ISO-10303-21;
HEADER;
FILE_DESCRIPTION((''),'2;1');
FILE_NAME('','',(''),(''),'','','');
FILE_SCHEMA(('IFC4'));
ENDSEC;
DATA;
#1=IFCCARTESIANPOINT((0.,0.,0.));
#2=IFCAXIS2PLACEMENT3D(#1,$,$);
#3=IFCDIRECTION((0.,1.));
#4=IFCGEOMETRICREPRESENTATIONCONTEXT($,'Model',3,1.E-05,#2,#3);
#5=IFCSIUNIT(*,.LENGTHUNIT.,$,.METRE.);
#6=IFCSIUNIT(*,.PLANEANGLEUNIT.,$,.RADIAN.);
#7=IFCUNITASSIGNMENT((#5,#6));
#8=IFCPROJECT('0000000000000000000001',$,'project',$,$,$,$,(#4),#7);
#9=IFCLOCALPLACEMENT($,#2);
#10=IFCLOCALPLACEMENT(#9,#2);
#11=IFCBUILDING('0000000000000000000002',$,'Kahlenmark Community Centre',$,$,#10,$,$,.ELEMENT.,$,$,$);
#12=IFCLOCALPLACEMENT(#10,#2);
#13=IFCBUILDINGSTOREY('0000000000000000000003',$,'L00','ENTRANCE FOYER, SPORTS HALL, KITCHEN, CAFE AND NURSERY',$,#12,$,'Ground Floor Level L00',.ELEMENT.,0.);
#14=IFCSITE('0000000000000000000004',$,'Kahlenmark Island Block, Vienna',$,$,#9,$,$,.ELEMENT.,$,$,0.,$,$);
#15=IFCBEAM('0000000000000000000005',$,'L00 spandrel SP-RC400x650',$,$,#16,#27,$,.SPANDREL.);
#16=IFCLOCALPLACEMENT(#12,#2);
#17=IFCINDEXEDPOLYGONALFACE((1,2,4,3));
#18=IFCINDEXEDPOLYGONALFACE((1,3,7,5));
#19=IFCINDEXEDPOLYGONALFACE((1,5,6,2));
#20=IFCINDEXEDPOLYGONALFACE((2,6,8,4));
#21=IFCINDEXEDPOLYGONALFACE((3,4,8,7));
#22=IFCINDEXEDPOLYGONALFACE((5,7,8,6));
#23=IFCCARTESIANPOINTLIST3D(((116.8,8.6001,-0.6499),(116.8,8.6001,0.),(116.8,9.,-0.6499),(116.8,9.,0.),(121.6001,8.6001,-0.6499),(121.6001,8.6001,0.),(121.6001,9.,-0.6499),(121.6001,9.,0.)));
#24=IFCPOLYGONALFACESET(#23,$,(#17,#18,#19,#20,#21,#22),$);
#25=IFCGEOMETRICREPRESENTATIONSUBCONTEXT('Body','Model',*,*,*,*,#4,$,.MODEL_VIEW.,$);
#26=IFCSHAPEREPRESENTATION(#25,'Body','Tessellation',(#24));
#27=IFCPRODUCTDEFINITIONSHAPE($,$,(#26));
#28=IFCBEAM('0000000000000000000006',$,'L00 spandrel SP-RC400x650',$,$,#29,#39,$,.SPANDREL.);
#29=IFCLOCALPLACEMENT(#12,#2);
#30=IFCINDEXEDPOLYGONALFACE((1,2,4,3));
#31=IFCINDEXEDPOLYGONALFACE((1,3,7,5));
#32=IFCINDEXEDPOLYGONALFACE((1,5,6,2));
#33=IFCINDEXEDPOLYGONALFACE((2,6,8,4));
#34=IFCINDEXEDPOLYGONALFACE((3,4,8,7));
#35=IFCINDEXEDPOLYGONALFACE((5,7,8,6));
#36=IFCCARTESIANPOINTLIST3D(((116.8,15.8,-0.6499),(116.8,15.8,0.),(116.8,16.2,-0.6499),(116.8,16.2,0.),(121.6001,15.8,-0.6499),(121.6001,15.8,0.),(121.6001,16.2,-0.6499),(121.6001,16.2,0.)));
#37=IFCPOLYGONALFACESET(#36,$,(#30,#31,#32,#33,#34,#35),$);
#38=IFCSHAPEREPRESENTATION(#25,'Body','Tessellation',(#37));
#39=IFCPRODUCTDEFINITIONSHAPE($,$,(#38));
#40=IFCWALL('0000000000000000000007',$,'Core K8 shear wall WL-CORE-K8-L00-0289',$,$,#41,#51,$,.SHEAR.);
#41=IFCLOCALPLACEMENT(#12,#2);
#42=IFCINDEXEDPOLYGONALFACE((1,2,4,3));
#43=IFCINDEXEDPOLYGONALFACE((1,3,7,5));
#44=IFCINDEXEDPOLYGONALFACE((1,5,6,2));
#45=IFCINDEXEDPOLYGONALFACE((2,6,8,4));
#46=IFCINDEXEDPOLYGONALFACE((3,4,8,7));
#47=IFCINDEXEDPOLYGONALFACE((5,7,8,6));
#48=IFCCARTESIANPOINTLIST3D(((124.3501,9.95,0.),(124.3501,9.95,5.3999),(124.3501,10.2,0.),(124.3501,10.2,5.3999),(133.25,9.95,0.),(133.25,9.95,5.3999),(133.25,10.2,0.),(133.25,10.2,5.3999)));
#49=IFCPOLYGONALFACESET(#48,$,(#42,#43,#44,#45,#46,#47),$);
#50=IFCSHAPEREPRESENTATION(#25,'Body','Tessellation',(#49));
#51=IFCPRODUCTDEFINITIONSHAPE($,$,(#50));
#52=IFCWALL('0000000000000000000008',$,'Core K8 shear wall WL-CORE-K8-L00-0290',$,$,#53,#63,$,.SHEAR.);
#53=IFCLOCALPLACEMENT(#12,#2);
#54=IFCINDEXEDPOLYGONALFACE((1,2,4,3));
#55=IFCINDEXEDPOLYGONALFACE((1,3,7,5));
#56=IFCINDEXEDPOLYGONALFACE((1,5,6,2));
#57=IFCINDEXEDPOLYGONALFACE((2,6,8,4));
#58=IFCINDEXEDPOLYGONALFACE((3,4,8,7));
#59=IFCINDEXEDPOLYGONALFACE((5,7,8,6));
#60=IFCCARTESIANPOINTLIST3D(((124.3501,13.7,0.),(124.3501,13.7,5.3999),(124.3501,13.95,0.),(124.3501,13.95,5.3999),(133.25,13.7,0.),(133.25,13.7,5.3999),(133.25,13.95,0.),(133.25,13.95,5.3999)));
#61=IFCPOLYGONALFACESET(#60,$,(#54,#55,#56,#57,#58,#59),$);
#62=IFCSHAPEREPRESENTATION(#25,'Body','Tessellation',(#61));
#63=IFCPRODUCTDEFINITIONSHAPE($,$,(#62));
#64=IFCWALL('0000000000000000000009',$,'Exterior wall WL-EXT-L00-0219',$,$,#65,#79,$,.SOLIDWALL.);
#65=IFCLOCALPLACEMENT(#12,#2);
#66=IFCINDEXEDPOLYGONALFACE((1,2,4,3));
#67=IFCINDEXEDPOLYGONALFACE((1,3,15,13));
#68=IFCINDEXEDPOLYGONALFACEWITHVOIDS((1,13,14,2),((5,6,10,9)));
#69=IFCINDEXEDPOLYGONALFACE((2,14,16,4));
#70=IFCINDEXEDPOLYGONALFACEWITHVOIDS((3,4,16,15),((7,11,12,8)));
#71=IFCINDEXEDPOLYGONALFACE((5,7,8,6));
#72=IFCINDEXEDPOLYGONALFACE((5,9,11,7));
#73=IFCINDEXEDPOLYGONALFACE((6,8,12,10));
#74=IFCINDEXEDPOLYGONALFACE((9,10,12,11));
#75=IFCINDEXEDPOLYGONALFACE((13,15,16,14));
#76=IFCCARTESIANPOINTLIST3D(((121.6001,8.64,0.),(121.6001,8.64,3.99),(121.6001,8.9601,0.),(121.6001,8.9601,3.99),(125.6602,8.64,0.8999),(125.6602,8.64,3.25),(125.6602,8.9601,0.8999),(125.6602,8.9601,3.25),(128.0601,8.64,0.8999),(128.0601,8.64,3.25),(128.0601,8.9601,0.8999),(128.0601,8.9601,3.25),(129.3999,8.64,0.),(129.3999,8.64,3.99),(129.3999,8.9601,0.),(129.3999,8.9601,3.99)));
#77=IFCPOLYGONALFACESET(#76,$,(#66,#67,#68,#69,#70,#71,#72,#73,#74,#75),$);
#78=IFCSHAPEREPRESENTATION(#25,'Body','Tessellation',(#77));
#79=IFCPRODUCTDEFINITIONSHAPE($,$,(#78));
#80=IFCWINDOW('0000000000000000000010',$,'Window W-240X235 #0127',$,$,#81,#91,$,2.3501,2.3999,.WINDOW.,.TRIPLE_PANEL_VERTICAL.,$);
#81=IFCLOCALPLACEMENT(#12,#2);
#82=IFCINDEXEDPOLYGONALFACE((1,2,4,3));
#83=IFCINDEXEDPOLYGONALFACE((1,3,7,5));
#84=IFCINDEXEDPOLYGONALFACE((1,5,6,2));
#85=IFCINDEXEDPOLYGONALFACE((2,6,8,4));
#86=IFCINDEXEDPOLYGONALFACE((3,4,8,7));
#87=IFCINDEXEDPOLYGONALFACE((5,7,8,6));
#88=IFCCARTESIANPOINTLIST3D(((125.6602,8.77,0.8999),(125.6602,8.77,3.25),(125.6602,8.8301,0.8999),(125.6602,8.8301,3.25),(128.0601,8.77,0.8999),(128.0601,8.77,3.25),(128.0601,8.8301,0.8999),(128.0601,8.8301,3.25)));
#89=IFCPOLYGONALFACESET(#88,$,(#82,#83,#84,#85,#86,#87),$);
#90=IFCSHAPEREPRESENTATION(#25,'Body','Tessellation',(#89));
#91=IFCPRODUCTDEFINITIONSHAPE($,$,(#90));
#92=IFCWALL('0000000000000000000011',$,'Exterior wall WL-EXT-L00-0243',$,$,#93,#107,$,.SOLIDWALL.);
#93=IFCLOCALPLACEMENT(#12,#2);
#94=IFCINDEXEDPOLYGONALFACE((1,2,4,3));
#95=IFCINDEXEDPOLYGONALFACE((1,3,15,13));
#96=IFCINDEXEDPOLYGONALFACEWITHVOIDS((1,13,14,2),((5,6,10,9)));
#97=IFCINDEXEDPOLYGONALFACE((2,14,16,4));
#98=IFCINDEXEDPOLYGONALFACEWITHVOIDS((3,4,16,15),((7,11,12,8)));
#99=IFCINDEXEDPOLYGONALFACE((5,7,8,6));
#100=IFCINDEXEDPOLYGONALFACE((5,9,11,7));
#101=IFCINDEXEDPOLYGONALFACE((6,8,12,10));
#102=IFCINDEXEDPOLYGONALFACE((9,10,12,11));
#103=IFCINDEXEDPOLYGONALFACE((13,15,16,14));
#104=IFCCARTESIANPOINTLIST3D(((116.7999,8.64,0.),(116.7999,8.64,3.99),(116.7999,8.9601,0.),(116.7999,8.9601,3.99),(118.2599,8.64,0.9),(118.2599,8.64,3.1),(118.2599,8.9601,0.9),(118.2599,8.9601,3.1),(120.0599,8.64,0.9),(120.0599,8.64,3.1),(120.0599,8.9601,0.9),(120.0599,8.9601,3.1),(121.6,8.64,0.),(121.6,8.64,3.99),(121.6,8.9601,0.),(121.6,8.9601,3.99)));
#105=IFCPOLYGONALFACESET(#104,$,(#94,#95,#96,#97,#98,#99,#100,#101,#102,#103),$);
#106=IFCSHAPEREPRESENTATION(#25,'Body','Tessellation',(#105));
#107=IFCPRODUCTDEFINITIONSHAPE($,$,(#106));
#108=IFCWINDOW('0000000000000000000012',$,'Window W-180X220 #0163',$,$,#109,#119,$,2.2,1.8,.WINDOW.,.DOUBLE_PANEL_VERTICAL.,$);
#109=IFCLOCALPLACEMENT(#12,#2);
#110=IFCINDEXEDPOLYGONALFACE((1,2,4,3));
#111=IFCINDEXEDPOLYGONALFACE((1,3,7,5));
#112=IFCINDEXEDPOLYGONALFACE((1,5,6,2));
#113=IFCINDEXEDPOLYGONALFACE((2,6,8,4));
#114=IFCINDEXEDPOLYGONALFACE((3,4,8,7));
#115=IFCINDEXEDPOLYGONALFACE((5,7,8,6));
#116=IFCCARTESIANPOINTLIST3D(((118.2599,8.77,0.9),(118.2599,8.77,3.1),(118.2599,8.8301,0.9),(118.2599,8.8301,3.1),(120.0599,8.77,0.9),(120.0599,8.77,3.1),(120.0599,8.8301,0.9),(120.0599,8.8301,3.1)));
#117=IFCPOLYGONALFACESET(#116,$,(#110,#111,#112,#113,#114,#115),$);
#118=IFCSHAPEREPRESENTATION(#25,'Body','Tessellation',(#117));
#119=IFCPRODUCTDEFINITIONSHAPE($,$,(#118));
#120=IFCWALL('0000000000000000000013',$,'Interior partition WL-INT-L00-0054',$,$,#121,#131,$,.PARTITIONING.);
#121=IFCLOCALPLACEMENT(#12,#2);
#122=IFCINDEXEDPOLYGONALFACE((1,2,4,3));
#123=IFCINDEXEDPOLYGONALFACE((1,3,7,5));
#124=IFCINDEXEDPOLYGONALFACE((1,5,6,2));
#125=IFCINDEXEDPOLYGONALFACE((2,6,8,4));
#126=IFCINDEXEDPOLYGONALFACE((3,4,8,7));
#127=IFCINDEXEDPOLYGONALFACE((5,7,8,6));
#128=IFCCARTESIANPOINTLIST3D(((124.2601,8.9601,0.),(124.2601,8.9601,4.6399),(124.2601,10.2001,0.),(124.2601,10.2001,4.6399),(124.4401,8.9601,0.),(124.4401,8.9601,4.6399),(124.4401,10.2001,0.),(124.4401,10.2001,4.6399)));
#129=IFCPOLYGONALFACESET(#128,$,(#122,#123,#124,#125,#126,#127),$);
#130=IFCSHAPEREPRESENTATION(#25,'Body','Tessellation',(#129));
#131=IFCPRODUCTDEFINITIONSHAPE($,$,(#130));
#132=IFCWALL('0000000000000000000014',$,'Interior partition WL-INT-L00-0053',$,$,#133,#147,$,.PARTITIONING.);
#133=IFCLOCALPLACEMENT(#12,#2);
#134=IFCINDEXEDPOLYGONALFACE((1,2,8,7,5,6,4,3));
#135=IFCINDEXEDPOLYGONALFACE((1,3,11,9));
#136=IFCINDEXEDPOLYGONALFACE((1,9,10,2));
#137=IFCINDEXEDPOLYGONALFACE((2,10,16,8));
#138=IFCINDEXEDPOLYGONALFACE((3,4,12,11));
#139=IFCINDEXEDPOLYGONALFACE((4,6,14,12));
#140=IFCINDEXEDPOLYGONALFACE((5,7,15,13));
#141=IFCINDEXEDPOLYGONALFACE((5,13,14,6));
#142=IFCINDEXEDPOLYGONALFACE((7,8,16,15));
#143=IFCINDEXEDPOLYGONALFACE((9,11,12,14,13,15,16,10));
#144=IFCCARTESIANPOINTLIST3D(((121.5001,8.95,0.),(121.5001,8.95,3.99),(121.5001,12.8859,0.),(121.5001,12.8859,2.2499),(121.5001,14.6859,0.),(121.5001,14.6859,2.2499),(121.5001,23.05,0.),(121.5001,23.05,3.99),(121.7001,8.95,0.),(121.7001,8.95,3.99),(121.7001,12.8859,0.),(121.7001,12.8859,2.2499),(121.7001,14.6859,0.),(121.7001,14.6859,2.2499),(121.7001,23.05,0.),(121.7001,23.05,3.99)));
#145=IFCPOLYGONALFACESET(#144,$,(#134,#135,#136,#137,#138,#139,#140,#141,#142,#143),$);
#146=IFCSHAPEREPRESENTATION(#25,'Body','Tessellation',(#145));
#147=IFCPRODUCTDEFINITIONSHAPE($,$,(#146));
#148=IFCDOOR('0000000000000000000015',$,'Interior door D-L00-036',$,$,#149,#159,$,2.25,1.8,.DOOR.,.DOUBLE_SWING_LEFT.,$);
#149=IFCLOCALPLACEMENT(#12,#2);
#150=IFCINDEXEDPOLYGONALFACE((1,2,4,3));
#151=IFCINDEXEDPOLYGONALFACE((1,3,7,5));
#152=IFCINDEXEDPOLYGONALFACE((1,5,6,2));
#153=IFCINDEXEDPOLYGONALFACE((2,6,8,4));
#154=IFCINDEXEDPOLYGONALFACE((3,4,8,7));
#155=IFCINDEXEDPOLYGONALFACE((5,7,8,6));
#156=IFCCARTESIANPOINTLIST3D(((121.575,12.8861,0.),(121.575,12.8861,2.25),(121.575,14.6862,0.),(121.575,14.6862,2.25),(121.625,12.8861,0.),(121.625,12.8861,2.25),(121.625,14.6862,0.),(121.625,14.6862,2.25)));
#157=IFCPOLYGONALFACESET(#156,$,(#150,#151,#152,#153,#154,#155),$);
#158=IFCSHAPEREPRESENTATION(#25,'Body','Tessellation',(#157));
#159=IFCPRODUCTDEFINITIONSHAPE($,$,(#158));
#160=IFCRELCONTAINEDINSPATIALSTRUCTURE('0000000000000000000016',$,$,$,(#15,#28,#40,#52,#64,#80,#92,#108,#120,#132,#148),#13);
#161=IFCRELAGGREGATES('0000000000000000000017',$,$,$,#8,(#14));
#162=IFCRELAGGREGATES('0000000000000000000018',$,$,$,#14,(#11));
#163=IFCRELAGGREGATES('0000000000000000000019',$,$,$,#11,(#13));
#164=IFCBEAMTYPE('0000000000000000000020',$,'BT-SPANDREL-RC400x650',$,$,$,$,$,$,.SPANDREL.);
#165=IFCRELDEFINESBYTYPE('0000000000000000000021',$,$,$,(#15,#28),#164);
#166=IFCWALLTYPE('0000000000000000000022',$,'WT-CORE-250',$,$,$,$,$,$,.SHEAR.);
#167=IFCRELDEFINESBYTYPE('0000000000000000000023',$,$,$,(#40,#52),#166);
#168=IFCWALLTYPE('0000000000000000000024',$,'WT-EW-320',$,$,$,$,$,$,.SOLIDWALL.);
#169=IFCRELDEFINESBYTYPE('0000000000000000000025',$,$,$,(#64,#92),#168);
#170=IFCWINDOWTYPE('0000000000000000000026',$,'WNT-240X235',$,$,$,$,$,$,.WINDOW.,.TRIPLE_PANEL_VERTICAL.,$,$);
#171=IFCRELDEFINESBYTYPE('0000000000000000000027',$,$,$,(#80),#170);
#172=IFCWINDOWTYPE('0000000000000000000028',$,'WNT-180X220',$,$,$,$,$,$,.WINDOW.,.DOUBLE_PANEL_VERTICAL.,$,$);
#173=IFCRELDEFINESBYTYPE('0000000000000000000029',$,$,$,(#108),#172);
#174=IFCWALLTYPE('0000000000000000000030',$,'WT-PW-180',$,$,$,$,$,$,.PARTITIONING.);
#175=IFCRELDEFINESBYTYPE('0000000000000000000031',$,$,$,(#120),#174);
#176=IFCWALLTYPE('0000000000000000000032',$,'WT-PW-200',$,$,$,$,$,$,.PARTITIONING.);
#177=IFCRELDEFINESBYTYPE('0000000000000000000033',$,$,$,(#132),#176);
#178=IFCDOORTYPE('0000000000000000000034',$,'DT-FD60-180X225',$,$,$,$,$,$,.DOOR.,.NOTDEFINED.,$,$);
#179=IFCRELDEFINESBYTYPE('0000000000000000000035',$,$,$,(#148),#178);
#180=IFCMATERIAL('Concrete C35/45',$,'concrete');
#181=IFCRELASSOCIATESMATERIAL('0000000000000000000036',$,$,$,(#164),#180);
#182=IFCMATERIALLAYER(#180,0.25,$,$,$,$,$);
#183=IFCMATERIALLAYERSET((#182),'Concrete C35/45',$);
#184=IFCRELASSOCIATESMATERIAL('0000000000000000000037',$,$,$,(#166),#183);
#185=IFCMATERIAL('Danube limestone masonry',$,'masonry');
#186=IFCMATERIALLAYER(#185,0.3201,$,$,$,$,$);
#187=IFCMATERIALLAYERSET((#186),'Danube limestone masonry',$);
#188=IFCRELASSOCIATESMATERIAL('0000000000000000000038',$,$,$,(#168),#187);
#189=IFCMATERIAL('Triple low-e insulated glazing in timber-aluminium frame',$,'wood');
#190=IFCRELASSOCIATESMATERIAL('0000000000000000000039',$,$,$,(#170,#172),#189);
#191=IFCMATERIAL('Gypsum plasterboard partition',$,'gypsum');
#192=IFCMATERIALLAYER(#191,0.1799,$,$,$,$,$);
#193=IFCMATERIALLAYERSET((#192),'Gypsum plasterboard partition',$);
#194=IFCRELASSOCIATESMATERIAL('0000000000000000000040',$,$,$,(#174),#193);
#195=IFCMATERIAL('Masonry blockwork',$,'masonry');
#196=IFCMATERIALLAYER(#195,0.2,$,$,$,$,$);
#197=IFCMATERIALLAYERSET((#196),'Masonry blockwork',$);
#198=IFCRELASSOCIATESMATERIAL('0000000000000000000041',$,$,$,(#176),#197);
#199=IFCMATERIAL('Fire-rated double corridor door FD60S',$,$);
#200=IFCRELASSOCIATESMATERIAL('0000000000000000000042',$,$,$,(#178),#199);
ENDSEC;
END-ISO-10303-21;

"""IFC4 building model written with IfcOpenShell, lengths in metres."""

from ifc_helpers import new_model, si_unit, direction, frame, frame_2d, origin, origin_2d, place, context, subcontext, project, spatial, rectangle, extrude, material, layer, layer_set, material_profile, profile_set, type_object, element, fill, save


model = new_model("IFC4")

# Units and contexts
model_context = context("Model", 3, precision=1e-05, world=origin(), true_north=direction((0.0, 1.0)))
body_context = subcontext(model_context, "Body", "Model", "MODEL_VIEW")
ifc_project = project(units=[si_unit("LENGTHUNIT", "METRE"), si_unit("PLANEANGLEUNIT", "RADIAN")], contexts=[model_context])

# Site, building, storey
site_placement = place(None, origin())
site = spatial("IfcSite", under=ifc_project, at=site_placement, Name="Kahlenmark Island Block, Vienna", CompositionType="ELEMENT", RefElevation=0.0)
building_placement = place(site_placement, origin())
building = spatial("IfcBuilding", under=site, at=building_placement, Name="Kahlenmark Community Centre", CompositionType="ELEMENT")
storey_placement = place(building_placement, origin())
storey = spatial("IfcBuildingStorey", under=building, at=storey_placement, Name="L00", Description="ENTRANCE FOYER, SPORTS HALL, KITCHEN, CAFE AND NURSERY", LongName="Ground Floor Level L00", CompositionType="ELEMENT", Elevation=0.0)

# Shared definitions
ifc_material_1 = material(Name="Concrete C35/45", Category="concrete")

# Beams
ifc_material_profile_1 = material_profile(ifc_material_1, rectangle(XDim=0.3999, YDim=0.6499, at=origin_2d()), Name="RC 400x650")
ifc_profile_set_1 = profile_set([ifc_material_profile_1], Name="Concrete C35/45")
beam_type_1 = type_object("IfcBeamType", Name="BT-SPANDREL-RC400x650", PredefinedType="SPANDREL", material=ifc_profile_set_1)
for number, where, z_axis, x_axis, name in (
    (1, (116.8, 8.8, -0.325), (1.0, 0.0, 0.0), (0.0, 1.0, 0.0), "L00 spandrel SP-RC400x650"),
    (2, (116.8, 16.0, -0.325), (1.0, 0.0, 0.0), (0.0, 1.0, 0.0), "L00 spandrel SP-RC400x650"),
):
    element("IfcBeam", number, at=place(storey_placement, frame(where, z_axis=z_axis, x_axis=x_axis)), inside=storey, type_object=beam_type_1, Name=name, PredefinedType="SPANDREL", context=body_context, shape_type="SweptSolid", body=[
        extrude(rectangle(XDim=0.3999, YDim=0.6499, at=origin_2d()), origin(), (0.0, 0.0, 1.0), 4.8),
    ])

# Shared definitions
ifc_layer_1 = layer(ifc_material_1, 0.25)
ifc_layer_set_1 = layer_set([ifc_layer_1], Name="Concrete C35/45")
wall_type_1 = type_object("IfcWallType", Name="WT-CORE-250", PredefinedType="SHEAR", material=ifc_layer_set_1)

# Walls
for number, where, z_axis, x_axis, name in (
    (3, (124.3501, 10.075, 0.0), (0.0, 0.0, 1.0), (1.0, 0.0, 0.0), "Core K8 shear wall WL-CORE-K8-L00-0289"),
    (4, (124.3501, 13.825, 0.0), (0.0, 0.0, 1.0), (1.0, 0.0, 0.0), "Core K8 shear wall WL-CORE-K8-L00-0290"),
):
    element("IfcWall", number, at=place(storey_placement, frame(where, z_axis=z_axis, x_axis=x_axis)), inside=storey, type_object=wall_type_1, Name=name, PredefinedType="SHEAR", context=body_context, shape_type="SweptSolid", body=[
        extrude(rectangle(XDim=8.8999, YDim=0.25, at=frame_2d((4.45, 0.0))), origin(), (0.0, 0.0, 1.0), 5.3999),
    ])

# Walls, openings, windows
ifc_material_2 = material(Name="Danube limestone masonry", Category="masonry")
ifc_layer_2 = layer(ifc_material_2, 0.3201)
ifc_layer_set_2 = layer_set([ifc_layer_2], Name="Danube limestone masonry")
wall_type_2 = type_object("IfcWallType", Name="WT-EW-320", PredefinedType="SOLIDWALL", material=ifc_layer_set_2)
wall_1_placement = place(storey_placement, frame((121.6001, 8.8, 0.0), z_axis=(0.0, 0.0, 1.0), x_axis=(1.0, 0.0, 0.0)))
wall_1 = element("IfcWall", 5, at=wall_1_placement, inside=storey, type_object=wall_type_2, Name="Exterior wall WL-EXT-L00-0219", PredefinedType="SOLIDWALL", context=body_context, shape_type="SweptSolid", body=[
    extrude(rectangle(XDim=7.7998, YDim=0.3201, at=frame_2d((3.8999, 0.0))), origin(), (0.0, 0.0, 1.0), 3.99),
])
opening_1_placement = place(wall_1_placement, frame((4.0601, 0.0, 0.8999)))
opening_1 = element("IfcOpeningElement", 6, at=opening_1_placement, cuts=wall_1, PredefinedType="OPENING", context=body_context, shape_type="SweptSolid", body=[
    extrude(rectangle(XDim=2.3999, YDim=2.3501, at=frame_2d((1.2, 1.175))), frame((0.0, 0.1699, 0.0), z_axis=(0.0, -1.0, 0.0), x_axis=(1.0, 0.0, 0.0)), (0.0, 0.0, 1.0), 0.3401),
])
ifc_material_3 = material(Name="Triple low-e insulated glazing in timber-aluminium frame", Category="wood")
window_type_1 = type_object("IfcWindowType", Name="WNT-240X235", PartitioningType="TRIPLE_PANEL_VERTICAL", PredefinedType="WINDOW", material=ifc_material_3)
window_1_placement = place(opening_1_placement, origin())
window_1 = element("IfcWindow", 7, at=window_1_placement, inside=storey, type_object=window_type_1, Name="Window W-240X235 #0127", OverallHeight=2.3501, OverallWidth=2.3999, PartitioningType="TRIPLE_PANEL_VERTICAL", PredefinedType="WINDOW", context=body_context, shape_type="SweptSolid", body=[
    extrude(rectangle(XDim=2.3999, YDim=2.3501, at=frame_2d((1.2, 1.175))), frame((0.0, 0.03, 0.0), z_axis=(0.0, -1.0, 0.0), x_axis=(1.0, 0.0, 0.0)), (0.0, 0.0, 1.0), 0.0601),
])
fill(opening_1, window_1)
wall_2_placement = place(storey_placement, frame((116.8, 8.8, 0.0), z_axis=(0.0, 0.0, 1.0), x_axis=(1.0, 0.0, 0.0)))
wall_2 = element("IfcWall", 8, at=wall_2_placement, inside=storey, type_object=wall_type_2, Name="Exterior wall WL-EXT-L00-0243", PredefinedType="SOLIDWALL", context=body_context, shape_type="SweptSolid", body=[
    extrude(rectangle(XDim=4.8, YDim=0.3201, at=frame_2d((2.3999, 0.0))), origin(), (0.0, 0.0, 1.0), 3.99),
])
opening_2_placement = place(wall_2_placement, frame((1.46, 0.0, 0.8999)))
opening_2 = element("IfcOpeningElement", 9, at=opening_2_placement, cuts=wall_2, PredefinedType="OPENING", context=body_context, shape_type="SweptSolid", body=[
    extrude(rectangle(XDim=1.8, YDim=2.2, at=frame_2d((0.8999, 1.1001))), frame((0.0, 0.1699, 0.0), z_axis=(0.0, -1.0, 0.0), x_axis=(1.0, 0.0, 0.0)), (0.0, 0.0, 1.0), 0.3401),
])
window_type_2 = type_object("IfcWindowType", Name="WNT-180X220", PartitioningType="DOUBLE_PANEL_VERTICAL", PredefinedType="WINDOW", material=ifc_material_3)
window_2_placement = place(opening_2_placement, origin())
window_2 = element("IfcWindow", 10, at=window_2_placement, inside=storey, type_object=window_type_2, Name="Window W-180X220 #0163", OverallHeight=2.2, OverallWidth=1.8, PartitioningType="DOUBLE_PANEL_VERTICAL", PredefinedType="WINDOW", context=body_context, shape_type="SweptSolid", body=[
    extrude(rectangle(XDim=1.8, YDim=2.2, at=frame_2d((0.8999, 1.1001))), frame((0.0, 0.03, 0.0), z_axis=(0.0, -1.0, 0.0), x_axis=(1.0, 0.0, 0.0)), (0.0, 0.0, 1.0), 0.0601),
])
fill(opening_2, window_2)

# Wall
ifc_material_4 = material(Name="Gypsum plasterboard partition", Category="gypsum")
ifc_layer_3 = layer(ifc_material_4, 0.1799)
ifc_layer_set_3 = layer_set([ifc_layer_3], Name="Gypsum plasterboard partition")
wall_type_3 = type_object("IfcWallType", Name="WT-PW-180", PredefinedType="PARTITIONING", material=ifc_layer_set_3)
wall_3_placement = place(storey_placement, frame((124.3501, 8.96, 0.0), z_axis=(0.0, 0.0, 1.0), x_axis=(0.0, 1.0, 0.0)))
element("IfcWall", 11, at=wall_3_placement, inside=storey, type_object=wall_type_3, Name="Interior partition WL-INT-L00-0054", PredefinedType="PARTITIONING", context=body_context, shape_type="SweptSolid", body=[
    extrude(rectangle(XDim=1.24, YDim=0.1799, at=frame_2d((0.6201, 0.0))), origin(), (0.0, 0.0, 1.0), 4.6399),
])

# Wall, opening, door
ifc_material_5 = material(Name="Masonry blockwork", Category="masonry")
ifc_layer_4 = layer(ifc_material_5, 0.2)
ifc_layer_set_4 = layer_set([ifc_layer_4], Name="Masonry blockwork")
wall_type_4 = type_object("IfcWallType", Name="WT-PW-200", PredefinedType="PARTITIONING", material=ifc_layer_set_4)
ifc_material_6 = material(Name="Fire-rated double corridor door FD60S")
door_type_1 = type_object("IfcDoorType", Name="DT-FD60-180X225", OperationType="NOTDEFINED", PredefinedType="DOOR", material=ifc_material_6)
wall_4_placement = place(storey_placement, frame((121.6001, 8.95, 0.0), z_axis=(0.0, 0.0, 1.0), x_axis=(0.0, 1.0, 0.0)))
wall_4 = element("IfcWall", 12, at=wall_4_placement, inside=storey, type_object=wall_type_4, Name="Interior partition WL-INT-L00-0053", PredefinedType="PARTITIONING", context=body_context, shape_type="SweptSolid", body=[
    extrude(rectangle(XDim=14.1001, YDim=0.2, at=frame_2d((7.05, 0.0))), origin(), (0.0, 0.0, 1.0), 3.99),
])
opening_3_placement = place(wall_4_placement, frame((3.936, 0.0, -0.01)))
opening_3 = element("IfcOpeningElement", 13, at=opening_3_placement, cuts=wall_4, PredefinedType="OPENING", context=body_context, shape_type="SweptSolid", body=[
    extrude(rectangle(XDim=1.8, YDim=2.26, at=frame_2d((0.8999, 1.1299))), frame((0.0, 0.1099, 0.0), z_axis=(0.0, -1.0, 0.0), x_axis=(1.0, 0.0, 0.0)), (0.0, 0.0, 1.0), 0.22),
])
door_1_placement = place(opening_3_placement, frame((1.8, 0.0, 0.01), z_axis=(0.0, 0.0, 1.0), x_axis=(-1.0, 0.0, 0.0)))
door_1 = element("IfcDoor", 14, at=door_1_placement, inside=storey, type_object=door_type_1, Name="Interior door D-L00-036", OperationType="DOUBLE_SWING_LEFT", OverallHeight=2.25, OverallWidth=1.8, PredefinedType="DOOR", context=body_context, shape_type="SweptSolid", body=[
    extrude(rectangle(XDim=1.8, YDim=2.25, at=frame_2d((0.8999, 1.125))), frame((0.0, 0.0249, 0.0), z_axis=(0.0, -1.0, 0.0), x_axis=(1.0, 0.0, 0.0)), (0.0, 0.0, 1.0), 0.05),
])
fill(opening_3, door_1)

save(model, "model.ifc")
